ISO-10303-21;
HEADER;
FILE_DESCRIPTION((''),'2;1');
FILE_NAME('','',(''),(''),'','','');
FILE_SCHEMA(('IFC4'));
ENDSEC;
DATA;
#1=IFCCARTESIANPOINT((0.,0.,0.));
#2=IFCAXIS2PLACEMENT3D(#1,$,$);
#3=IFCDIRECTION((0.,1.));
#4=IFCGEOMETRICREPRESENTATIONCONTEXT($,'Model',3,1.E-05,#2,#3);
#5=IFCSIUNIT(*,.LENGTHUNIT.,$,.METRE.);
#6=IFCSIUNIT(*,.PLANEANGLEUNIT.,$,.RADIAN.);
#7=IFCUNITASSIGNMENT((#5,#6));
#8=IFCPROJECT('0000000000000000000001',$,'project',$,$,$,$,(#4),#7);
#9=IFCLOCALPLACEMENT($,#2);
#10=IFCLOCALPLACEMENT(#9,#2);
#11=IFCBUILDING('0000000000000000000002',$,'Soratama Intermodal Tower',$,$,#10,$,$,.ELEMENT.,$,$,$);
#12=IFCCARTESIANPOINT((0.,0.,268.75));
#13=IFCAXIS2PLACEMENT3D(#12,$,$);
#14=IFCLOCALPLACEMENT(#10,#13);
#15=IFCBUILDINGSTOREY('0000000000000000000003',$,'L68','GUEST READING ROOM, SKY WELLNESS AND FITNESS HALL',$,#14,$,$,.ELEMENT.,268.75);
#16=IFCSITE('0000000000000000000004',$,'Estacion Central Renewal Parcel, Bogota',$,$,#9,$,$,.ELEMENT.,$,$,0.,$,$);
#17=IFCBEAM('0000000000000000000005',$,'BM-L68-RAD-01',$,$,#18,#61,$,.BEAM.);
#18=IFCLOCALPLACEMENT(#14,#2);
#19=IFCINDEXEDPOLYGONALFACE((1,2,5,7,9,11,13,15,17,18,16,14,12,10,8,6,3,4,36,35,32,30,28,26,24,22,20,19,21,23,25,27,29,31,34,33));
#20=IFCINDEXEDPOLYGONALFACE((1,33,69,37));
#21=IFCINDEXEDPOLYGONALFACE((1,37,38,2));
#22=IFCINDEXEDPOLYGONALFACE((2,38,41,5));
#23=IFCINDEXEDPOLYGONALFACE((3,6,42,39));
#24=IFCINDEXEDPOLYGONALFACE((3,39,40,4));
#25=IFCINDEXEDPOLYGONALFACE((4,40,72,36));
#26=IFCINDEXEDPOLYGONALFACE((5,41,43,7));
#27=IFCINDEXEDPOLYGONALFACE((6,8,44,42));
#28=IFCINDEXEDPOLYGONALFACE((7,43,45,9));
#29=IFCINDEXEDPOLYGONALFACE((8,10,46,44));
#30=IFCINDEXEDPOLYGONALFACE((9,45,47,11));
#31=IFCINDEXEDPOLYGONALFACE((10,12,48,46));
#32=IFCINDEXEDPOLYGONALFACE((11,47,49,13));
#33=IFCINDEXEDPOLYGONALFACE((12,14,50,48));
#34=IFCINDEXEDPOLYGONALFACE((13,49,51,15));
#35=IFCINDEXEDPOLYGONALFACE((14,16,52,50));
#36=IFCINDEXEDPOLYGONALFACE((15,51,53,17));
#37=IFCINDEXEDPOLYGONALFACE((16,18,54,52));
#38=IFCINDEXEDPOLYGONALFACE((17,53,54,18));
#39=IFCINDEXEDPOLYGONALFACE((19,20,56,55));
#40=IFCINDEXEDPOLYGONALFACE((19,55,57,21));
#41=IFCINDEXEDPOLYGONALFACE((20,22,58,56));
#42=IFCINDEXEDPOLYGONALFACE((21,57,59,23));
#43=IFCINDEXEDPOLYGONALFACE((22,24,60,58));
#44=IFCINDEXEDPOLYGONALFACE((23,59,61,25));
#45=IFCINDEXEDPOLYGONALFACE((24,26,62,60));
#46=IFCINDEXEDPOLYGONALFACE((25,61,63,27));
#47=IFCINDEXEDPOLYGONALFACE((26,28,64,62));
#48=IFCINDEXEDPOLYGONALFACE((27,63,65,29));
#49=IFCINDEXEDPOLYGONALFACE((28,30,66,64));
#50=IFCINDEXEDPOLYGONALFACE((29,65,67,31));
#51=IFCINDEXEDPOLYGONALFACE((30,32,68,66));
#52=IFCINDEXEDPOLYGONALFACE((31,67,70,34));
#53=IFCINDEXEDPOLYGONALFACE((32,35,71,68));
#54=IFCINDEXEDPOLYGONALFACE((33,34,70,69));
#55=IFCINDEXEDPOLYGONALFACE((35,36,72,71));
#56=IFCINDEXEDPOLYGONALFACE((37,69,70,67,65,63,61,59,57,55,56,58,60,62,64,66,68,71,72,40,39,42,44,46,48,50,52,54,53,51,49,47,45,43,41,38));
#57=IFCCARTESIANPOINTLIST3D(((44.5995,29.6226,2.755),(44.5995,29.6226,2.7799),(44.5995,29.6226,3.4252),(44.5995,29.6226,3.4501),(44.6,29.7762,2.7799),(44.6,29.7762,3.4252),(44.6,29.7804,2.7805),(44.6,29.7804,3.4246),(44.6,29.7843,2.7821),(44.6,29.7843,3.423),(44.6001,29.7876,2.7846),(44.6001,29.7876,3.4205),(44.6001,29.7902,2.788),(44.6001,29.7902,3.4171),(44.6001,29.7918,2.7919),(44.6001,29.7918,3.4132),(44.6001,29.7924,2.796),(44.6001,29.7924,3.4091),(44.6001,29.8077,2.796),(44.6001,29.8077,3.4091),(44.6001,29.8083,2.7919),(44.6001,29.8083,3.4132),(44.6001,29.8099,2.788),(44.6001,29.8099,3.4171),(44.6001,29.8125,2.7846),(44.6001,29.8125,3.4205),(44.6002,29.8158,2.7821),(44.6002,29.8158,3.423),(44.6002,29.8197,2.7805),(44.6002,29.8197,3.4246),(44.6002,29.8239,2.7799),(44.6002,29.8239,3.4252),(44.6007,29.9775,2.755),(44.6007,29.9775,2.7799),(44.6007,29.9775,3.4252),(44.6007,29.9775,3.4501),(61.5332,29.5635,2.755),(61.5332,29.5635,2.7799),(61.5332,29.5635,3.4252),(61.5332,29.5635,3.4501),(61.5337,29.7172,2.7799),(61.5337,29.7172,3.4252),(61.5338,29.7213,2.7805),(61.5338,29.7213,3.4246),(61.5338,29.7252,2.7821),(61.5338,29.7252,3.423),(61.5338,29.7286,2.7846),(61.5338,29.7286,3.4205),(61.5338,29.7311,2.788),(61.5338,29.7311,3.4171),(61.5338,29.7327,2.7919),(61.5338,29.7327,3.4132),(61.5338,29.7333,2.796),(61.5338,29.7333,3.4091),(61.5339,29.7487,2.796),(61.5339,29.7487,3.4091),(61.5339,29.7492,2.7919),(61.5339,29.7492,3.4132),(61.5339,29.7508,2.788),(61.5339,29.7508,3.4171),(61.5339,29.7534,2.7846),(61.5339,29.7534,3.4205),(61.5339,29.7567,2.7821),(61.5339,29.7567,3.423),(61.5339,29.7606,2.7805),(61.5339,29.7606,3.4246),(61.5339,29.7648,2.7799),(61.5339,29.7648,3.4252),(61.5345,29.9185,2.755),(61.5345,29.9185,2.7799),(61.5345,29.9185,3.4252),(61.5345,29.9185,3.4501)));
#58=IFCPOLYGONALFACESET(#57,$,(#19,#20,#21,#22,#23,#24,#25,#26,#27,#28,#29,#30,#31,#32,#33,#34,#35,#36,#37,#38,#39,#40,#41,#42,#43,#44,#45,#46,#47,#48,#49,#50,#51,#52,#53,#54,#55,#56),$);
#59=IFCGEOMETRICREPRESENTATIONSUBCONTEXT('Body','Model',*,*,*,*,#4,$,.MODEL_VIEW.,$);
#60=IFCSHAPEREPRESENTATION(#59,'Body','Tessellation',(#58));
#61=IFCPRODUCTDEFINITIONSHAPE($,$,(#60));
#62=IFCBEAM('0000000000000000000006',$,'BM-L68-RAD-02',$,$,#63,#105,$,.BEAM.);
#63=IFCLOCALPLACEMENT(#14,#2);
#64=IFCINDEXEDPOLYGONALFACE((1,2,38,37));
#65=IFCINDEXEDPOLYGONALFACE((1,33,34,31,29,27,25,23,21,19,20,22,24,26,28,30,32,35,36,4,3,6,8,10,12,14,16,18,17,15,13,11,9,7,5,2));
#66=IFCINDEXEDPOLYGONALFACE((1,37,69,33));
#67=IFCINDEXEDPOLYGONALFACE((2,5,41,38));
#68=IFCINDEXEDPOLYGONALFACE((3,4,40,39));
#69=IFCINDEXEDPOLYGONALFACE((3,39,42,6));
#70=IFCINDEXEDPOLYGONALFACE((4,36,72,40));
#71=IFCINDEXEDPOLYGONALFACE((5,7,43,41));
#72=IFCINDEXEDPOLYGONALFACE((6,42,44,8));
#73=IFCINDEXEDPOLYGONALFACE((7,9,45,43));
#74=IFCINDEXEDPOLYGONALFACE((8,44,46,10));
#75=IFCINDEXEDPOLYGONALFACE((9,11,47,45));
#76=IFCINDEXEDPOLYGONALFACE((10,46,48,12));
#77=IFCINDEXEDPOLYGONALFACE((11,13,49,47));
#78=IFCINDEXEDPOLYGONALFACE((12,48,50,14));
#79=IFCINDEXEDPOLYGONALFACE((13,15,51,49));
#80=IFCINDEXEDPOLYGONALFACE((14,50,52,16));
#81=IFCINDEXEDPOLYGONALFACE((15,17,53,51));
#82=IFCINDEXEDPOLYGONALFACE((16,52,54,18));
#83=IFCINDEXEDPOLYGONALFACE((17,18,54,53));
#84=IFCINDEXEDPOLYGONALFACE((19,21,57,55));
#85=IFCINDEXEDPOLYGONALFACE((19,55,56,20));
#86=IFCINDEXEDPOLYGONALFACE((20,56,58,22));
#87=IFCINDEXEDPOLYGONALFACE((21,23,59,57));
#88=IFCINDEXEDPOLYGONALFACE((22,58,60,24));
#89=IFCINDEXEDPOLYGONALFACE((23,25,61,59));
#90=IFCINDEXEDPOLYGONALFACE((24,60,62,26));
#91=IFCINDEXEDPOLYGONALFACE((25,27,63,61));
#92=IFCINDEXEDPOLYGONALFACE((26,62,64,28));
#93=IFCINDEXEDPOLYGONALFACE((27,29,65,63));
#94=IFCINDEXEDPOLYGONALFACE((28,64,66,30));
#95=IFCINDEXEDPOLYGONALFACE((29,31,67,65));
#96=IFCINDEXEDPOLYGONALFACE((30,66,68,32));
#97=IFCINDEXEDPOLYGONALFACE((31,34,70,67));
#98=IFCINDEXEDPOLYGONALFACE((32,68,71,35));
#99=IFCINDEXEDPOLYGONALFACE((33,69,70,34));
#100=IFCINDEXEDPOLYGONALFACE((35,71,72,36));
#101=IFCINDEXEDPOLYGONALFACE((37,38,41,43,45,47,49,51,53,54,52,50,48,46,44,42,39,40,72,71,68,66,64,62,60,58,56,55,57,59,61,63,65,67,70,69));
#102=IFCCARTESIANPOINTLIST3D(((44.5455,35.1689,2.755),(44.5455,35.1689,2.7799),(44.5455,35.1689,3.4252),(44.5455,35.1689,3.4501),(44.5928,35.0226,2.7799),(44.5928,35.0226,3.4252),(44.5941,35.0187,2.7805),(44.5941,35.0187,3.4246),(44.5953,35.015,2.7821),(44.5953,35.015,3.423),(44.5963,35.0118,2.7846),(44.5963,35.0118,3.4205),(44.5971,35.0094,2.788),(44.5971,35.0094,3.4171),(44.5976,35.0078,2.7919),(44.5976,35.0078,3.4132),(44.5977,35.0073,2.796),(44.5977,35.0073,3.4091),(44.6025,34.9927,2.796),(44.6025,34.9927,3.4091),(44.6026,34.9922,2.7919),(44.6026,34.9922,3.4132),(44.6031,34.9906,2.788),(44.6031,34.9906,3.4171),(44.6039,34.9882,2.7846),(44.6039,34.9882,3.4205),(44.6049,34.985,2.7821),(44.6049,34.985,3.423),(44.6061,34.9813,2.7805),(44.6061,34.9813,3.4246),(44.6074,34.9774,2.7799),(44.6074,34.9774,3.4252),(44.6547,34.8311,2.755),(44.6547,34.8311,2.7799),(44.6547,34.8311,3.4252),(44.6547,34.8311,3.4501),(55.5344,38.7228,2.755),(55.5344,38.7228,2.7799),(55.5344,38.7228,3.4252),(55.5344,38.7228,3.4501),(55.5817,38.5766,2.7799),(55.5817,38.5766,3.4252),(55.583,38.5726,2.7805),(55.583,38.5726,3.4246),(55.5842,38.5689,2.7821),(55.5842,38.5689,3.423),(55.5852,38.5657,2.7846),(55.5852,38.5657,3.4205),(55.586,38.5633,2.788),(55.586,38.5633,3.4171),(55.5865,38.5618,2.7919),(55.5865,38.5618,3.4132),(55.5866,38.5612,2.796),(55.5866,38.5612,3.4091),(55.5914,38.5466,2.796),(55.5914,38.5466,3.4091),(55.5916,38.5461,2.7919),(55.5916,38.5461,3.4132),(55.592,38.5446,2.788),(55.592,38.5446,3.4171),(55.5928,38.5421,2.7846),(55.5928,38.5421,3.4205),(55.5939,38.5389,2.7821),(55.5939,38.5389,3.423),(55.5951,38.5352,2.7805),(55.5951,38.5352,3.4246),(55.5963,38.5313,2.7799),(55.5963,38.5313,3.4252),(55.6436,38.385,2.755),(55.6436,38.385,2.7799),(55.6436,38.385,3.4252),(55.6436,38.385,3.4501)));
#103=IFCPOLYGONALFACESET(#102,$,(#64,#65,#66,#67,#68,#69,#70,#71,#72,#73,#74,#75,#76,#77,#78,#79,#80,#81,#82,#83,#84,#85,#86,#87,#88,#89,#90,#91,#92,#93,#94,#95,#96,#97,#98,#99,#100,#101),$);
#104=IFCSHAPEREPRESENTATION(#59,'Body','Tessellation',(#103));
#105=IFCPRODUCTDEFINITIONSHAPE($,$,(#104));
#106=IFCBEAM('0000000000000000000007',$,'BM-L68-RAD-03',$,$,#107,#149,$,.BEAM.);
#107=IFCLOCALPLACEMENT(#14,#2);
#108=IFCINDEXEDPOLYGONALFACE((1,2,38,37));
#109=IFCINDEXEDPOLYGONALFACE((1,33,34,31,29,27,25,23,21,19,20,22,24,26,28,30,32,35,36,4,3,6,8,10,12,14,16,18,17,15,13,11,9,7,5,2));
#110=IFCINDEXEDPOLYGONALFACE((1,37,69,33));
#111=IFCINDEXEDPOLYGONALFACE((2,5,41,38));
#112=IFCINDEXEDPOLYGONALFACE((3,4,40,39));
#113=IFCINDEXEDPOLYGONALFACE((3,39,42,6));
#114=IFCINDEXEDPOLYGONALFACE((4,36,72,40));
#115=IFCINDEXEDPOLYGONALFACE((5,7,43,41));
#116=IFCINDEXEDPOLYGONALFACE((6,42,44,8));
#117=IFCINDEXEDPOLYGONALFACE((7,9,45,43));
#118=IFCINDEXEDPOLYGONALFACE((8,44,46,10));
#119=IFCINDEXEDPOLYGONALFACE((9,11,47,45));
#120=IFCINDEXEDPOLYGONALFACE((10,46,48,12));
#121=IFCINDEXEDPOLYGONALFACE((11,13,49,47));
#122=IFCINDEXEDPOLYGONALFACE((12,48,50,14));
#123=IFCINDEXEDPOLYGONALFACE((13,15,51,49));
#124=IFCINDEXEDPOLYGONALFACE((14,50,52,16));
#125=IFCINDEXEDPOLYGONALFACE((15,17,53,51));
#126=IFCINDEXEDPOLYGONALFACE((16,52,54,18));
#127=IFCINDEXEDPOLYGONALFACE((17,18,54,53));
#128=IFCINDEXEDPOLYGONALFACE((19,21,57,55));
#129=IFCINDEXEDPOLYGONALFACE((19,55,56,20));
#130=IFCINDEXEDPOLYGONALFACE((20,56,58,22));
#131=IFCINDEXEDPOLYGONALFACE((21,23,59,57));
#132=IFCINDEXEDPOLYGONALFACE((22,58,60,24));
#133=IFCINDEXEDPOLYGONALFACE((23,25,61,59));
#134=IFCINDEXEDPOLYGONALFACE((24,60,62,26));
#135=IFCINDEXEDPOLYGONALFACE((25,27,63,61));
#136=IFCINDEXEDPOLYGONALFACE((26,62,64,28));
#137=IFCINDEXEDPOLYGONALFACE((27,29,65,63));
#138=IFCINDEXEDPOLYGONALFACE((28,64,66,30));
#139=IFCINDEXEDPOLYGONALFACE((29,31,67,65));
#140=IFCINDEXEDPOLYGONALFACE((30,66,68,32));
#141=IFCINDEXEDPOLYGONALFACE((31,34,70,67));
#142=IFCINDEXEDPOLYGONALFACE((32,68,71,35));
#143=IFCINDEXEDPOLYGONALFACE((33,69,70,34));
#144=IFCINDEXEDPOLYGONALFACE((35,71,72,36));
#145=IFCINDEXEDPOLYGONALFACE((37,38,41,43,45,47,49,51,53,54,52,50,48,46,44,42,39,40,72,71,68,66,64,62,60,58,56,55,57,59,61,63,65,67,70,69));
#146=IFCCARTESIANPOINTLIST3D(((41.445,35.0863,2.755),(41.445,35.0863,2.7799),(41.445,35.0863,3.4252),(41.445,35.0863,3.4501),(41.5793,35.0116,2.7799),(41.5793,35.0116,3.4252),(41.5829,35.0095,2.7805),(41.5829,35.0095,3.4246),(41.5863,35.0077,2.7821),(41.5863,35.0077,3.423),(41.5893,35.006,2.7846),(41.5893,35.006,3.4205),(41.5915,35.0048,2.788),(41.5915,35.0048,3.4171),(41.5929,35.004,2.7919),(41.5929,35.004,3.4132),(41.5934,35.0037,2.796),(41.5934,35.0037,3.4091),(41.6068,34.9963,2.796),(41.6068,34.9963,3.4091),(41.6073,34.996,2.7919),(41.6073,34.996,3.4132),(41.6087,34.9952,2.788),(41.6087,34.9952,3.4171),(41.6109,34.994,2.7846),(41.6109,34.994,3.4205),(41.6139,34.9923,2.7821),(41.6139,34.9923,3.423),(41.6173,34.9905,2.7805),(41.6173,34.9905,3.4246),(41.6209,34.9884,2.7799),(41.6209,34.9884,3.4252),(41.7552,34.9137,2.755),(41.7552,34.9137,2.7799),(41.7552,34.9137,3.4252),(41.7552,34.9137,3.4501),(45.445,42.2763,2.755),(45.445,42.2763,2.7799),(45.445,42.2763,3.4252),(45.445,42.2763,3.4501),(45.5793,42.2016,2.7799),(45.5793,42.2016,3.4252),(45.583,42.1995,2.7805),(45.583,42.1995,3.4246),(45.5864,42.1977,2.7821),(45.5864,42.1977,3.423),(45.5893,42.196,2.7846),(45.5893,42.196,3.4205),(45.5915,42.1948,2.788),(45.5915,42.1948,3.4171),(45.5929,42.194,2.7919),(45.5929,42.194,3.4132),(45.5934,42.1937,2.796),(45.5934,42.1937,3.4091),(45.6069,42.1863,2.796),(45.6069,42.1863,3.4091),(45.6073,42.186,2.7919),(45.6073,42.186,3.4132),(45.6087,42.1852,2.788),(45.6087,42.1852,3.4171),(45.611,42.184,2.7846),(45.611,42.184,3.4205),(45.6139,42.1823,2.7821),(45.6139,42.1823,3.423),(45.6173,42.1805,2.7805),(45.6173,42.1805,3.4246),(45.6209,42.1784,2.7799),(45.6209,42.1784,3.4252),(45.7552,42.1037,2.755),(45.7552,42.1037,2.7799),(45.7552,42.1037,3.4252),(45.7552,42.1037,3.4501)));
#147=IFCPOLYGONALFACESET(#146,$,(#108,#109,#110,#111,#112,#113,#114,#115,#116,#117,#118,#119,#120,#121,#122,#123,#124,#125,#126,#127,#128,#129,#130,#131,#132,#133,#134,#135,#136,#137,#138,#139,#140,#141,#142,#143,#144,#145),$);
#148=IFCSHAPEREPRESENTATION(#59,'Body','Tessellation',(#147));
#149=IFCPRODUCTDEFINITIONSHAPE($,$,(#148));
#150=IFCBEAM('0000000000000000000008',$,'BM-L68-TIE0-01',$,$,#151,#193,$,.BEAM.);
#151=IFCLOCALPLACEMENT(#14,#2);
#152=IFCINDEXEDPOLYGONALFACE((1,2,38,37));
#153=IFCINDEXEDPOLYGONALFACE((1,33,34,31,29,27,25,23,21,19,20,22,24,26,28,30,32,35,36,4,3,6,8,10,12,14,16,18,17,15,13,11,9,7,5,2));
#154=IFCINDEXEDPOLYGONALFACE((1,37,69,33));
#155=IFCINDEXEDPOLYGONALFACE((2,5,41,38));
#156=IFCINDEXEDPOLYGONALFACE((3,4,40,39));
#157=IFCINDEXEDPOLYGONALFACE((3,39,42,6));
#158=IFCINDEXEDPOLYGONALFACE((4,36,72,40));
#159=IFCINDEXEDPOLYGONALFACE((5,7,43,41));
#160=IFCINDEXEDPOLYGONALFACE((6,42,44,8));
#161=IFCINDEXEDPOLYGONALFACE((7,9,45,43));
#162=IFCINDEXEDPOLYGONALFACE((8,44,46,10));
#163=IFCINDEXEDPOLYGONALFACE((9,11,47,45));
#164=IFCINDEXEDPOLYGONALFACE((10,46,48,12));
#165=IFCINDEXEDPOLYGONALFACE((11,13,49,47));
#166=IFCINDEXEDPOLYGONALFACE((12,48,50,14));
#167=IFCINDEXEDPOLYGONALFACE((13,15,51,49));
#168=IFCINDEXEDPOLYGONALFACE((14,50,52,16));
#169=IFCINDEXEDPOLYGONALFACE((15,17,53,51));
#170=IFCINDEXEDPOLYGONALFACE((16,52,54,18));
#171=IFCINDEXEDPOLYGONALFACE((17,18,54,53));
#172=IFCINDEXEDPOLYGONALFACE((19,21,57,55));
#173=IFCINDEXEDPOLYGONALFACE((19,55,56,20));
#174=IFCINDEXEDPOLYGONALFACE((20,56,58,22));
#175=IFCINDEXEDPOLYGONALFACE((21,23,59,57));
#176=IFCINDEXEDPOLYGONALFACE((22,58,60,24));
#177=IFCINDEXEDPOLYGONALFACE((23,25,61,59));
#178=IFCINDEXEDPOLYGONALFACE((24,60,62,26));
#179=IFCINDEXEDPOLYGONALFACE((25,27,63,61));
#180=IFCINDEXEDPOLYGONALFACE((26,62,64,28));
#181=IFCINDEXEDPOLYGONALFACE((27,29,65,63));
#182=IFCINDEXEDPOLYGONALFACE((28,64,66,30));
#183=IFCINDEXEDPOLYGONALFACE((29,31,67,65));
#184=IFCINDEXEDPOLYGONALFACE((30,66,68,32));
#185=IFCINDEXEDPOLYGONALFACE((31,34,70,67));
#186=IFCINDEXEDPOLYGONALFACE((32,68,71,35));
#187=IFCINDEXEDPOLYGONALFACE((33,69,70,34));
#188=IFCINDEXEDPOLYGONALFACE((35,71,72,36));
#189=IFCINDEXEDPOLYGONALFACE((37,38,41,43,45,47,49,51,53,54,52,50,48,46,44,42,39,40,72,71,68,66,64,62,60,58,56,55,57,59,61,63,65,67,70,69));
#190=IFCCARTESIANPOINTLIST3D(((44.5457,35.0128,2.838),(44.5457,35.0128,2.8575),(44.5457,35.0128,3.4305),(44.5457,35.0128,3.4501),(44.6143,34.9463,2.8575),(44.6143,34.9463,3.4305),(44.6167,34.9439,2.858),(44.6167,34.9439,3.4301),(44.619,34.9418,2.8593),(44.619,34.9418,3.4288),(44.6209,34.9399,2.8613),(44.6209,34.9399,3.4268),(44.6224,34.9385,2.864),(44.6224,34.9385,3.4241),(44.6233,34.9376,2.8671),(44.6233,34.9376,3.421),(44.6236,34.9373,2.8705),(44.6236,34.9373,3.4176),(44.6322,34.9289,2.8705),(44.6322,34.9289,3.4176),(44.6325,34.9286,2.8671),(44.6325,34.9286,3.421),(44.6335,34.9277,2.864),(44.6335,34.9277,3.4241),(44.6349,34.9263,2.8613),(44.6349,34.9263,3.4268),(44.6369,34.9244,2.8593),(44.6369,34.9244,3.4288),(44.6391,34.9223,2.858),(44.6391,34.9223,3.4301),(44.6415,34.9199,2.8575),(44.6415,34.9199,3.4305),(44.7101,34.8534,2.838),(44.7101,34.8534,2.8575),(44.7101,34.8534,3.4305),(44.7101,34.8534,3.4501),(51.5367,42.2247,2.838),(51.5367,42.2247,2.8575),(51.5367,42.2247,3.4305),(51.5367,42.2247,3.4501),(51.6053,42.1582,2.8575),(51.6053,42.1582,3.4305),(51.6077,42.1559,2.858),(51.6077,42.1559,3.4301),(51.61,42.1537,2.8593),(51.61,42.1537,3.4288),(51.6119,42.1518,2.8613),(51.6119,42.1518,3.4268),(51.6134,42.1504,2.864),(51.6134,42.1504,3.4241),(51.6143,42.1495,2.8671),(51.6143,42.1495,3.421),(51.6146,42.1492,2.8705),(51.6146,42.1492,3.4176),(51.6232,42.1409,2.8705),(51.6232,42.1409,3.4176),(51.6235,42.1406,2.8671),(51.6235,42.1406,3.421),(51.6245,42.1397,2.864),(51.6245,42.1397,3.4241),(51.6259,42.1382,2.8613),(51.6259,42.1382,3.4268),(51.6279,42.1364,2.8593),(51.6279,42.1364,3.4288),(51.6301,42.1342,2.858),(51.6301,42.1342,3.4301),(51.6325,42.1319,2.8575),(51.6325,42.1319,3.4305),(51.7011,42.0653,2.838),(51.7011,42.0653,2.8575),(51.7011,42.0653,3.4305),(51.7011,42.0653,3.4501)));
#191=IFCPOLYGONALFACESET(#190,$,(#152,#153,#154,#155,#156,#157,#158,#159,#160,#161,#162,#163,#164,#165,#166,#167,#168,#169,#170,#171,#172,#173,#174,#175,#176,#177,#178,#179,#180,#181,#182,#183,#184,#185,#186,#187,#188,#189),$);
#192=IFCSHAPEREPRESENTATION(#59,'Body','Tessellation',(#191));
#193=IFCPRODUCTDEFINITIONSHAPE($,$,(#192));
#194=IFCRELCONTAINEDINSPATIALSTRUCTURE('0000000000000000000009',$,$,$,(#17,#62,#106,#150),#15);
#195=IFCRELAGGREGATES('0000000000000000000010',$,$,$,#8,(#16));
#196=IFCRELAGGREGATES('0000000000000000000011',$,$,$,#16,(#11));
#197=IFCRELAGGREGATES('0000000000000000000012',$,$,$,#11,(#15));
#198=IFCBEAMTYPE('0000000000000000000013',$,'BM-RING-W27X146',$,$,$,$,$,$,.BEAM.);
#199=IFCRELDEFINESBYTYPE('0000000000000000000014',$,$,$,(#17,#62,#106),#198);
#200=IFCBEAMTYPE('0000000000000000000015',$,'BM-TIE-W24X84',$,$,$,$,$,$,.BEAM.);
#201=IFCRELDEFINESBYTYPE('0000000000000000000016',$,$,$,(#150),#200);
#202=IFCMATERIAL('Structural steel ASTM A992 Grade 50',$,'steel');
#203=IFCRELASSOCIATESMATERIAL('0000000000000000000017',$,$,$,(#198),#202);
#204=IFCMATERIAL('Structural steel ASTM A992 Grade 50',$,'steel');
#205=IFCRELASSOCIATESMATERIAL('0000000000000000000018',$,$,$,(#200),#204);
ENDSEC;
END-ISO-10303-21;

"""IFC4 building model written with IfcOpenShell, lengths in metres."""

from ifc_helpers import new_model, si_unit, direction, frame, origin, origin_2d, place, context, subcontext, project, spatial, i_section, extrude, material, material_profile, profile_set, type_object, element, save


model = new_model("IFC4")

# Units and contexts
model_context = context("Model", 3, precision=1e-05, world=origin(), true_north=direction((0.0, 1.0)))
body_context = subcontext(model_context, "Body", "Model", "MODEL_VIEW")
ifc_project = project(units=[si_unit("LENGTHUNIT", "METRE"), si_unit("PLANEANGLEUNIT", "RADIAN")], contexts=[model_context])

# Site, building, storey
site_placement = place(None, origin())
site = spatial("IfcSite", under=ifc_project, at=site_placement, Name="Estacion Central Renewal Parcel, Bogota", CompositionType="ELEMENT", RefElevation=0.0)
building_placement = place(site_placement, origin())
building = spatial("IfcBuilding", under=site, at=building_placement, Name="Soratama Intermodal Tower", CompositionType="ELEMENT")
storey_placement = place(building_placement, frame((0.0, 0.0, 268.75)))
storey = spatial("IfcBuildingStorey", under=building, at=storey_placement, Name="L68", Description="GUEST READING ROOM, SKY WELLNESS AND FITNESS HALL", CompositionType="ELEMENT", Elevation=268.75)

# Beams
ifc_material_1 = material(Name="Structural steel ASTM A992 Grade 50", Category="steel")
ifc_material_profile_1 = material_profile(ifc_material_1, i_section(OverallWidth=0.355, OverallDepth=0.6951, WebThickness=0.0154, FlangeThickness=0.0249, FilletRadius=0.0161, at=origin_2d()), Name="W27X146")
ifc_profile_set_1 = profile_set([ifc_material_profile_1], Name="Structural steel ASTM A992 Grade 50")
beam_type_1 = type_object("IfcBeamType", Name="BM-RING-W27X146", PredefinedType="BEAM", material=ifc_profile_set_1)
beam_1_placement = place(storey_placement, frame((44.6001, 29.8, 3.1025), z_axis=(0.999994, -0.003489, 0.0), x_axis=(0.003489, 0.999994, 0.0)))
element("IfcBeam", 1, at=beam_1_placement, inside=storey, type_object=beam_type_1, Name="BM-L68-RAD-01", PredefinedType="BEAM", context=body_context, shape_type="SweptSolid", body=[
    extrude(i_section(OverallWidth=0.355, OverallDepth=0.6951, WebThickness=0.0154, FlangeThickness=0.0249, FilletRadius=0.0161, at=origin_2d()), origin(), (0.0, 0.0, 1.0), 16.9338),
])
beam_2_placement = place(storey_placement, frame((44.6001, 35.0, 3.1025), z_axis=(0.951478, 0.307717, 0.0), x_axis=(-0.307717, 0.951478, 0.0)))
element("IfcBeam", 2, at=beam_2_placement, inside=storey, type_object=beam_type_1, Name="BM-L68-RAD-02", PredefinedType="BEAM", context=body_context, shape_type="SweptSolid", body=[
    extrude(i_section(OverallWidth=0.355, OverallDepth=0.6951, WebThickness=0.0154, FlangeThickness=0.0249, FilletRadius=0.0161, at=origin_2d()), origin(), (0.0, 0.0, 1.0), 11.5493),
])
beam_3_placement = place(storey_placement, frame((41.6001, 35.0, 3.1025), z_axis=(0.486162, 0.873869, 0.0), x_axis=(-0.873869, 0.486162, 0.0)))
element("IfcBeam", 3, at=beam_3_placement, inside=storey, type_object=beam_type_1, Name="BM-L68-RAD-03", PredefinedType="BEAM", context=body_context, shape_type="SweptSolid", body=[
    extrude(i_section(OverallWidth=0.355, OverallDepth=0.6951, WebThickness=0.0154, FlangeThickness=0.0249, FilletRadius=0.0161, at=origin_2d()), origin(), (0.0, 0.0, 1.0), 8.2278),
])
ifc_material_2 = material(Name="Structural steel ASTM A992 Grade 50", Category="steel")
ifc_material_profile_2 = material_profile(ifc_material_2, i_section(OverallWidth=0.229, OverallDepth=0.6121, WebThickness=0.012, FlangeThickness=0.0195, FilletRadius=0.0129, at=origin_2d()), Name="W24X84")
ifc_profile_set_2 = profile_set([ifc_material_profile_2], Name="Structural steel ASTM A992 Grade 50")
beam_type_2 = type_object("IfcBeamType", Name="BM-TIE-W24X84", PredefinedType="BEAM", material=ifc_profile_set_2)
beam_4_placement = place(storey_placement, frame((44.6279, 34.9331, 3.144), z_axis=(0.696022, 0.71802, 0.0), x_axis=(-0.71802, 0.696022, 0.0)))
element("IfcBeam", 4, at=beam_4_placement, inside=storey, type_object=beam_type_2, Name="BM-L68-TIE0-01", PredefinedType="BEAM", context=body_context, shape_type="SweptSolid", body=[
    extrude(i_section(OverallWidth=0.229, OverallDepth=0.6121, WebThickness=0.012, FlangeThickness=0.0195, FilletRadius=0.0129, at=origin_2d()), origin(), (0.0, 0.0, 1.0), 10.0442),
])

save(model, "model.ifc")
